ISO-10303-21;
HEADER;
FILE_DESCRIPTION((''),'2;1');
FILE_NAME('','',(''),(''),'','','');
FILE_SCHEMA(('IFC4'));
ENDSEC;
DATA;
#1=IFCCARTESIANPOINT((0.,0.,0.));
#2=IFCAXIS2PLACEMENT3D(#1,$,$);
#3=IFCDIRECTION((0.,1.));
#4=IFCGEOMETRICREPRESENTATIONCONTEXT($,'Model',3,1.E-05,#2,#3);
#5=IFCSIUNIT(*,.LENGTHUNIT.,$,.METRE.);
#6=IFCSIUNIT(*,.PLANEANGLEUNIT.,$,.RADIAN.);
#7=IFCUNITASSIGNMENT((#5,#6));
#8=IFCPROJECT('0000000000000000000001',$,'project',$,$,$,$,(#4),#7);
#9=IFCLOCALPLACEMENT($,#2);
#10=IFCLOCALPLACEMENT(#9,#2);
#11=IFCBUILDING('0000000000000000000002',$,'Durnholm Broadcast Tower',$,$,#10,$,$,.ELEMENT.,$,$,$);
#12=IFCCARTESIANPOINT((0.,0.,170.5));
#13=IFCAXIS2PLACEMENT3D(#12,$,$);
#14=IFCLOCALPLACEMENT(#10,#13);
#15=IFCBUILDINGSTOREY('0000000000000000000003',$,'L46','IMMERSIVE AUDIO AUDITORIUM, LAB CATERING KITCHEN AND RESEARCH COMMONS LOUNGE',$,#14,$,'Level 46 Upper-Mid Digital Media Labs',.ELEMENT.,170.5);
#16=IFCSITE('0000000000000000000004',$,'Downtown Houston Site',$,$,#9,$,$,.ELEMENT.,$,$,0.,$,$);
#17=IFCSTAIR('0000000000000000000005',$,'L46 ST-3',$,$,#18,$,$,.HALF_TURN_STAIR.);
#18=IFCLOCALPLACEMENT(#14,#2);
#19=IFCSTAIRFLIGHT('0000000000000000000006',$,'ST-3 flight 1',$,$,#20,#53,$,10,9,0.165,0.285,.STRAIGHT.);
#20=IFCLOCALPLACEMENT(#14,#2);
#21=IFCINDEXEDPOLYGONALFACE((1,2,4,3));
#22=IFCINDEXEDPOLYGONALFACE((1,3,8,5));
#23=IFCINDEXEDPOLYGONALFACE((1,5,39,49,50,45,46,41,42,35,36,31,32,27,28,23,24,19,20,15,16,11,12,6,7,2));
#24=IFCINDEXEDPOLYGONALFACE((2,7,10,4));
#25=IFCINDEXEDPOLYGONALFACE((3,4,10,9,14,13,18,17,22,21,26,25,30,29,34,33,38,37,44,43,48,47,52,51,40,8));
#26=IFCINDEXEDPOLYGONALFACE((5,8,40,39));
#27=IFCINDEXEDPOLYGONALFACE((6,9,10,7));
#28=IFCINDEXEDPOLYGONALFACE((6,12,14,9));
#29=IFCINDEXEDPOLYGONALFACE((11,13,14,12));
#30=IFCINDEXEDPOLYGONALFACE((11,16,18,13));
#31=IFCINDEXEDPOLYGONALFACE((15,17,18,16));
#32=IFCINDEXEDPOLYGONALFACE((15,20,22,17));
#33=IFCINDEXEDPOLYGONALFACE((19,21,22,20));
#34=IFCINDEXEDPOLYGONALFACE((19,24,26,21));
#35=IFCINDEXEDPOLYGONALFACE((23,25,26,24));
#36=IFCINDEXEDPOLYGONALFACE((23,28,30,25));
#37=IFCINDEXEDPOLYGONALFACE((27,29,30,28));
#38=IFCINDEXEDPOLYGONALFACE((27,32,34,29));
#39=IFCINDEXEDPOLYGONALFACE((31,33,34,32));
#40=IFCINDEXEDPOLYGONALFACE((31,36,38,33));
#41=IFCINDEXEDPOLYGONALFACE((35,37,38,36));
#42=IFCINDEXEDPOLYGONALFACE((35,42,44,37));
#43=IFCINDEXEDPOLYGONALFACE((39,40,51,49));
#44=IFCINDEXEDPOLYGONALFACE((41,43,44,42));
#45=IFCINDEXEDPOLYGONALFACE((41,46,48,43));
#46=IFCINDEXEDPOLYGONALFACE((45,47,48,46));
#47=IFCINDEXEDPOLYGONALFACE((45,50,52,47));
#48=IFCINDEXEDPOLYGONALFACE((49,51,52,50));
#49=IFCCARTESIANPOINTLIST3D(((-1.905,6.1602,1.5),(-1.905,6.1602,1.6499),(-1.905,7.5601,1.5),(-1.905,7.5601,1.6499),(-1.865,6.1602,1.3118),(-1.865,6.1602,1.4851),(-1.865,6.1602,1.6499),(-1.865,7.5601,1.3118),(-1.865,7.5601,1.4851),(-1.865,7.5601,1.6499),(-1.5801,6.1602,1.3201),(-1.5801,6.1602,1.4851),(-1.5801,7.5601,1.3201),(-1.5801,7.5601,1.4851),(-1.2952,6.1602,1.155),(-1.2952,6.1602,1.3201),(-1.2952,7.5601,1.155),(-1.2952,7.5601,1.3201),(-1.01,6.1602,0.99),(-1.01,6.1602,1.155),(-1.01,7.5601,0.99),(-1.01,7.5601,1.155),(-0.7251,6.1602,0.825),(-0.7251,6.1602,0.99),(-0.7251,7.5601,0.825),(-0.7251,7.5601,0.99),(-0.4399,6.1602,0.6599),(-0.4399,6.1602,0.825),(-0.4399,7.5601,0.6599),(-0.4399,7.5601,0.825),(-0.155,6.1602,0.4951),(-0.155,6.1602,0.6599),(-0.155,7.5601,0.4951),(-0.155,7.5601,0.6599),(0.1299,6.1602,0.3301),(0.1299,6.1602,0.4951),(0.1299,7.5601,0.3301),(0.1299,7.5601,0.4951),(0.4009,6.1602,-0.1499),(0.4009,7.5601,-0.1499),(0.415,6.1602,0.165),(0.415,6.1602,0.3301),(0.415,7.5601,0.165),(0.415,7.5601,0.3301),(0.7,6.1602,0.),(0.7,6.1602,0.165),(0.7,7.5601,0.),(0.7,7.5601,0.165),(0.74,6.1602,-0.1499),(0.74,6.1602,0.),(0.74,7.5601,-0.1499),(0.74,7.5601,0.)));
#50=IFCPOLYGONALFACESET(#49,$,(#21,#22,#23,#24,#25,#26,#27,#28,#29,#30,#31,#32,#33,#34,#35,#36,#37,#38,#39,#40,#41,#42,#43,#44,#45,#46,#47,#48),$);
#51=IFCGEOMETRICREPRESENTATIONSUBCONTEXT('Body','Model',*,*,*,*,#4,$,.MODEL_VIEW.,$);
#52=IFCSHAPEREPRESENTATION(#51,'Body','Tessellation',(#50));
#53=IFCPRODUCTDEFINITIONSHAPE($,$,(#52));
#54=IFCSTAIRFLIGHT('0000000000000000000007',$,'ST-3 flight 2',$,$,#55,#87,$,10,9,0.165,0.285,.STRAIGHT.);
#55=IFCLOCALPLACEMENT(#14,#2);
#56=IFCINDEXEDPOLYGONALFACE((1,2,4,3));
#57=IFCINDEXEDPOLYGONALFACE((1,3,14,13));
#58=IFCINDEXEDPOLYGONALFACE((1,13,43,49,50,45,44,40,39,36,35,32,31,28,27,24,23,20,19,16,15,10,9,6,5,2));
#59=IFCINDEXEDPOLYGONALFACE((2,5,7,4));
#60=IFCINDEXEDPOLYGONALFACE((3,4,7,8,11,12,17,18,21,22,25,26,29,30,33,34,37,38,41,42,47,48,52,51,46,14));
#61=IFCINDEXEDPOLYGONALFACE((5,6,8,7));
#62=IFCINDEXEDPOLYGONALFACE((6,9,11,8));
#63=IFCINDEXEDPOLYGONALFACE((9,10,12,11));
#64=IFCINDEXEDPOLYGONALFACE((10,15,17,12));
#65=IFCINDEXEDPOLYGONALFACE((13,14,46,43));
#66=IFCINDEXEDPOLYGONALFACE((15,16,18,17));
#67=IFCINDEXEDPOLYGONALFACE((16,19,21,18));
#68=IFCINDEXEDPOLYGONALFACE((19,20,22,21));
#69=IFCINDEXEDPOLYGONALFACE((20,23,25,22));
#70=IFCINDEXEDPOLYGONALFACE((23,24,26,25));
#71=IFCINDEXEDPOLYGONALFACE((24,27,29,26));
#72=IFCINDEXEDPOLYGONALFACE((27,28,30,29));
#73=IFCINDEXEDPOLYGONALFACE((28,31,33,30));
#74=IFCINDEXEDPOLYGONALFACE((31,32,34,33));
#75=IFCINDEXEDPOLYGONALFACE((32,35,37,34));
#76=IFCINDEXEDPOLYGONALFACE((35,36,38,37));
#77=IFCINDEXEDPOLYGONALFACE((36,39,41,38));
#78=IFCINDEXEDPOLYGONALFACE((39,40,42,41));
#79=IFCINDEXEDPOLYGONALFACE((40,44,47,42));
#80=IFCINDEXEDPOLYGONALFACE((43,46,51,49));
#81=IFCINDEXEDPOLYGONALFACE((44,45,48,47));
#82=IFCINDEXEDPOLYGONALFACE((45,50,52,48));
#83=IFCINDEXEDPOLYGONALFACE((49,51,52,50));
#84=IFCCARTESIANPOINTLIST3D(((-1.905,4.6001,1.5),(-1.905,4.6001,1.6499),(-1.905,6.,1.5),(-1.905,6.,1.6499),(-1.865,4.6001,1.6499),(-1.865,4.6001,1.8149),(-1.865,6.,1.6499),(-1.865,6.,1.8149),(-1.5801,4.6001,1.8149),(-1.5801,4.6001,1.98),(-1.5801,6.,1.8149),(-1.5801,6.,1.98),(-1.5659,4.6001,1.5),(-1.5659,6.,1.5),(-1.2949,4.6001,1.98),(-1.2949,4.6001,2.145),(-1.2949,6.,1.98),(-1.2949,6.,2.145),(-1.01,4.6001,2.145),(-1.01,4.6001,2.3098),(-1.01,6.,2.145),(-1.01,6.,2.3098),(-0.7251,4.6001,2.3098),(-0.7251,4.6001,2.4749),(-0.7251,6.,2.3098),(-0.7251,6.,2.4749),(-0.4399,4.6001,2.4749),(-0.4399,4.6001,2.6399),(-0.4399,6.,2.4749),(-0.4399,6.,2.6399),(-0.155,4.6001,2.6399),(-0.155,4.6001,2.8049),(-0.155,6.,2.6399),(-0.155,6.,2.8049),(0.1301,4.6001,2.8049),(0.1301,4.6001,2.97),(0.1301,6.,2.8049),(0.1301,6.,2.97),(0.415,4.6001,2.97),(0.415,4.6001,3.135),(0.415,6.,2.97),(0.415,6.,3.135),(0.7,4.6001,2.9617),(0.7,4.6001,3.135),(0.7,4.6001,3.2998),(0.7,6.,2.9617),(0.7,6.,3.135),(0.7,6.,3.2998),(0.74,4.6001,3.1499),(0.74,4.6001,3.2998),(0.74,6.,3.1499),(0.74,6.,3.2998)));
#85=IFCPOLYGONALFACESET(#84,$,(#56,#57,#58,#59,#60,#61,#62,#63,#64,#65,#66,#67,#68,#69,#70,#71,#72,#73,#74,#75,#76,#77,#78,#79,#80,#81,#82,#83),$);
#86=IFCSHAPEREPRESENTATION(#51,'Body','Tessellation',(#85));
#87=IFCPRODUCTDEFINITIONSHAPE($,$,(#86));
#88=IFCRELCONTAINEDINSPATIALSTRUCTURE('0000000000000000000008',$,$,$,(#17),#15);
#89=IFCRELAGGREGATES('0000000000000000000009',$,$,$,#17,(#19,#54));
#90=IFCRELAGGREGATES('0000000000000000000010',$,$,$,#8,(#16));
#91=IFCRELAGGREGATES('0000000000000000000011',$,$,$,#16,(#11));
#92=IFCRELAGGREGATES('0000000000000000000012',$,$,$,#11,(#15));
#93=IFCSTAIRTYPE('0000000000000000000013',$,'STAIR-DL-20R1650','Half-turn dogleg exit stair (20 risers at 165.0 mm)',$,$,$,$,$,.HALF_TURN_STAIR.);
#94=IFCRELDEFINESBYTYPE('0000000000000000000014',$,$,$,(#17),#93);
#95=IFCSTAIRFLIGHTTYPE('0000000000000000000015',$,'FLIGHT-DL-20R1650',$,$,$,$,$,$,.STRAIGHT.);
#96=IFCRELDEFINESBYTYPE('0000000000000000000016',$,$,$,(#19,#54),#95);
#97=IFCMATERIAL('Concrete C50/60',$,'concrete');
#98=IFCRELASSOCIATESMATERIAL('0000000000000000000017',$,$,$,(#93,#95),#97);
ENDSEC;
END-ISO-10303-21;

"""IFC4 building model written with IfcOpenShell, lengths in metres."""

from ifc_helpers import new_model, si_unit, direction, frame, origin, place, context, subcontext, project, spatial, polyline, outline, extrude, material, type_object, element, aggregate, save


model = new_model("IFC4")

# Units and contexts
model_context = context("Model", 3, precision=1e-05, world=origin(), true_north=direction((0.0, 1.0)))
body_context = subcontext(model_context, "Body", "Model", "MODEL_VIEW")
ifc_project = project(units=[si_unit("LENGTHUNIT", "METRE"), si_unit("PLANEANGLEUNIT", "RADIAN")], contexts=[model_context])

# Site, building, storey
site_placement = place(None, origin())
site = spatial("IfcSite", under=ifc_project, at=site_placement, Name="Downtown Houston Site", CompositionType="ELEMENT", RefElevation=0.0)
building_placement = place(site_placement, origin())
building = spatial("IfcBuilding", under=site, at=building_placement, Name="Durnholm Broadcast Tower", CompositionType="ELEMENT")
storey_placement = place(building_placement, frame((0.0, 0.0, 170.5)))
storey = spatial("IfcBuildingStorey", under=building, at=storey_placement, Name="L46", Description="IMMERSIVE AUDIO AUDITORIUM, LAB CATERING KITCHEN AND RESEARCH COMMONS LOUNGE", LongName="Level 46 Upper-Mid Digital Media Labs", CompositionType="ELEMENT", Elevation=170.5)

# Stair
ifc_material_1 = material(Name="Concrete C50/60", Category="concrete")
stair_type = type_object("IfcStairType", Name="STAIR-DL-20R1650", Description="Half-turn dogleg exit stair (20 risers at 165.0 mm)", PredefinedType="HALF_TURN_STAIR", material=ifc_material_1)
stair_1_placement = place(storey_placement, origin())
stair_1 = element("IfcStair", 1, at=stair_1_placement, inside=storey, type_object=stair_type, Name="L46 ST-3", PredefinedType="HALF_TURN_STAIR")

# Stair flights
stair_flight_type = type_object("IfcStairFlightType", Name="FLIGHT-DL-20R1650", PredefinedType="STRAIGHT", material=ifc_material_1)
stair_flight_1_placement = place(storey_placement, frame((0.7, 6.8601, 0.0), z_axis=(0.0, 0.0, 1.0), x_axis=(-1.0, 0.0, 0.0)))
stair_flight_1 = element("IfcStairFlight", 2, at=stair_flight_1_placement, type_object=stair_flight_type, Name="ST-3 flight 1", NumberOfRisers=10, NumberOfTreads=9, PredefinedType="STRAIGHT", RiserHeight=0.165, TreadLength=0.285, context=body_context, shape_type="SweptSolid", body=[
    extrude(outline(polyline([(-0.04, -0.1499), (-0.04, 0.0), (0.0, 0.0), (0.0, 0.165), (0.2849, 0.165), (0.2849, 0.3301), (0.5701, 0.3301), (0.5701, 0.4951), (0.855, 0.4951), (0.855, 0.6599), (1.1399, 0.6599), (1.1399, 0.825), (1.425, 0.825), (1.425, 0.99), (1.71, 0.99), (1.71, 1.155), (1.9951, 1.155), (1.9951, 1.3201), (2.28, 1.3201), (2.28, 1.4851), (2.5649, 1.4851), (2.5649, 1.6499), (2.605, 1.6499), (2.605, 1.5), (2.5649, 1.3118), (0.2991, -0.1499), (-0.04, -0.1499)])), frame((0.0, 0.7, 0.0), z_axis=(0.0, -1.0, 0.0), x_axis=(1.0, 0.0, 0.0)), (0.0, 0.0, 1.0), 1.3999),
])
stair_flight_2_placement = place(storey_placement, frame((-1.865, 5.3, 1.6499), z_axis=(0.0, 0.0, 1.0), x_axis=(1.0, 0.0, 0.0)))
stair_flight_2 = element("IfcStairFlight", 3, at=stair_flight_2_placement, type_object=stair_flight_type, Name="ST-3 flight 2", NumberOfRisers=10, NumberOfTreads=9, PredefinedType="STRAIGHT", RiserHeight=0.165, TreadLength=0.285, context=body_context, shape_type="SweptSolid", body=[
    extrude(outline(polyline([(-0.04, -0.1499), (-0.04, 0.0), (0.0, 0.0), (0.0, 0.165), (0.2849, 0.165), (0.2849, 0.3301), (0.5701, 0.3301), (0.5701, 0.4951), (0.855, 0.4951), (0.855, 0.6599), (1.1399, 0.6599), (1.1399, 0.825), (1.425, 0.825), (1.425, 0.99), (1.71, 0.99), (1.71, 1.155), (1.9951, 1.155), (1.9951, 1.3201), (2.28, 1.3201), (2.28, 1.4851), (2.5649, 1.4851), (2.5649, 1.6499), (2.605, 1.6499), (2.605, 1.5), (2.5649, 1.3118), (0.2991, -0.1499), (-0.04, -0.1499)])), frame((0.0, 0.7, 0.0), z_axis=(0.0, -1.0, 0.0), x_axis=(1.0, 0.0, 0.0)), (0.0, 0.0, 1.0), 1.3999),
])
aggregate(stair_1, [stair_flight_1, stair_flight_2])

save(model, "model.ifc")
